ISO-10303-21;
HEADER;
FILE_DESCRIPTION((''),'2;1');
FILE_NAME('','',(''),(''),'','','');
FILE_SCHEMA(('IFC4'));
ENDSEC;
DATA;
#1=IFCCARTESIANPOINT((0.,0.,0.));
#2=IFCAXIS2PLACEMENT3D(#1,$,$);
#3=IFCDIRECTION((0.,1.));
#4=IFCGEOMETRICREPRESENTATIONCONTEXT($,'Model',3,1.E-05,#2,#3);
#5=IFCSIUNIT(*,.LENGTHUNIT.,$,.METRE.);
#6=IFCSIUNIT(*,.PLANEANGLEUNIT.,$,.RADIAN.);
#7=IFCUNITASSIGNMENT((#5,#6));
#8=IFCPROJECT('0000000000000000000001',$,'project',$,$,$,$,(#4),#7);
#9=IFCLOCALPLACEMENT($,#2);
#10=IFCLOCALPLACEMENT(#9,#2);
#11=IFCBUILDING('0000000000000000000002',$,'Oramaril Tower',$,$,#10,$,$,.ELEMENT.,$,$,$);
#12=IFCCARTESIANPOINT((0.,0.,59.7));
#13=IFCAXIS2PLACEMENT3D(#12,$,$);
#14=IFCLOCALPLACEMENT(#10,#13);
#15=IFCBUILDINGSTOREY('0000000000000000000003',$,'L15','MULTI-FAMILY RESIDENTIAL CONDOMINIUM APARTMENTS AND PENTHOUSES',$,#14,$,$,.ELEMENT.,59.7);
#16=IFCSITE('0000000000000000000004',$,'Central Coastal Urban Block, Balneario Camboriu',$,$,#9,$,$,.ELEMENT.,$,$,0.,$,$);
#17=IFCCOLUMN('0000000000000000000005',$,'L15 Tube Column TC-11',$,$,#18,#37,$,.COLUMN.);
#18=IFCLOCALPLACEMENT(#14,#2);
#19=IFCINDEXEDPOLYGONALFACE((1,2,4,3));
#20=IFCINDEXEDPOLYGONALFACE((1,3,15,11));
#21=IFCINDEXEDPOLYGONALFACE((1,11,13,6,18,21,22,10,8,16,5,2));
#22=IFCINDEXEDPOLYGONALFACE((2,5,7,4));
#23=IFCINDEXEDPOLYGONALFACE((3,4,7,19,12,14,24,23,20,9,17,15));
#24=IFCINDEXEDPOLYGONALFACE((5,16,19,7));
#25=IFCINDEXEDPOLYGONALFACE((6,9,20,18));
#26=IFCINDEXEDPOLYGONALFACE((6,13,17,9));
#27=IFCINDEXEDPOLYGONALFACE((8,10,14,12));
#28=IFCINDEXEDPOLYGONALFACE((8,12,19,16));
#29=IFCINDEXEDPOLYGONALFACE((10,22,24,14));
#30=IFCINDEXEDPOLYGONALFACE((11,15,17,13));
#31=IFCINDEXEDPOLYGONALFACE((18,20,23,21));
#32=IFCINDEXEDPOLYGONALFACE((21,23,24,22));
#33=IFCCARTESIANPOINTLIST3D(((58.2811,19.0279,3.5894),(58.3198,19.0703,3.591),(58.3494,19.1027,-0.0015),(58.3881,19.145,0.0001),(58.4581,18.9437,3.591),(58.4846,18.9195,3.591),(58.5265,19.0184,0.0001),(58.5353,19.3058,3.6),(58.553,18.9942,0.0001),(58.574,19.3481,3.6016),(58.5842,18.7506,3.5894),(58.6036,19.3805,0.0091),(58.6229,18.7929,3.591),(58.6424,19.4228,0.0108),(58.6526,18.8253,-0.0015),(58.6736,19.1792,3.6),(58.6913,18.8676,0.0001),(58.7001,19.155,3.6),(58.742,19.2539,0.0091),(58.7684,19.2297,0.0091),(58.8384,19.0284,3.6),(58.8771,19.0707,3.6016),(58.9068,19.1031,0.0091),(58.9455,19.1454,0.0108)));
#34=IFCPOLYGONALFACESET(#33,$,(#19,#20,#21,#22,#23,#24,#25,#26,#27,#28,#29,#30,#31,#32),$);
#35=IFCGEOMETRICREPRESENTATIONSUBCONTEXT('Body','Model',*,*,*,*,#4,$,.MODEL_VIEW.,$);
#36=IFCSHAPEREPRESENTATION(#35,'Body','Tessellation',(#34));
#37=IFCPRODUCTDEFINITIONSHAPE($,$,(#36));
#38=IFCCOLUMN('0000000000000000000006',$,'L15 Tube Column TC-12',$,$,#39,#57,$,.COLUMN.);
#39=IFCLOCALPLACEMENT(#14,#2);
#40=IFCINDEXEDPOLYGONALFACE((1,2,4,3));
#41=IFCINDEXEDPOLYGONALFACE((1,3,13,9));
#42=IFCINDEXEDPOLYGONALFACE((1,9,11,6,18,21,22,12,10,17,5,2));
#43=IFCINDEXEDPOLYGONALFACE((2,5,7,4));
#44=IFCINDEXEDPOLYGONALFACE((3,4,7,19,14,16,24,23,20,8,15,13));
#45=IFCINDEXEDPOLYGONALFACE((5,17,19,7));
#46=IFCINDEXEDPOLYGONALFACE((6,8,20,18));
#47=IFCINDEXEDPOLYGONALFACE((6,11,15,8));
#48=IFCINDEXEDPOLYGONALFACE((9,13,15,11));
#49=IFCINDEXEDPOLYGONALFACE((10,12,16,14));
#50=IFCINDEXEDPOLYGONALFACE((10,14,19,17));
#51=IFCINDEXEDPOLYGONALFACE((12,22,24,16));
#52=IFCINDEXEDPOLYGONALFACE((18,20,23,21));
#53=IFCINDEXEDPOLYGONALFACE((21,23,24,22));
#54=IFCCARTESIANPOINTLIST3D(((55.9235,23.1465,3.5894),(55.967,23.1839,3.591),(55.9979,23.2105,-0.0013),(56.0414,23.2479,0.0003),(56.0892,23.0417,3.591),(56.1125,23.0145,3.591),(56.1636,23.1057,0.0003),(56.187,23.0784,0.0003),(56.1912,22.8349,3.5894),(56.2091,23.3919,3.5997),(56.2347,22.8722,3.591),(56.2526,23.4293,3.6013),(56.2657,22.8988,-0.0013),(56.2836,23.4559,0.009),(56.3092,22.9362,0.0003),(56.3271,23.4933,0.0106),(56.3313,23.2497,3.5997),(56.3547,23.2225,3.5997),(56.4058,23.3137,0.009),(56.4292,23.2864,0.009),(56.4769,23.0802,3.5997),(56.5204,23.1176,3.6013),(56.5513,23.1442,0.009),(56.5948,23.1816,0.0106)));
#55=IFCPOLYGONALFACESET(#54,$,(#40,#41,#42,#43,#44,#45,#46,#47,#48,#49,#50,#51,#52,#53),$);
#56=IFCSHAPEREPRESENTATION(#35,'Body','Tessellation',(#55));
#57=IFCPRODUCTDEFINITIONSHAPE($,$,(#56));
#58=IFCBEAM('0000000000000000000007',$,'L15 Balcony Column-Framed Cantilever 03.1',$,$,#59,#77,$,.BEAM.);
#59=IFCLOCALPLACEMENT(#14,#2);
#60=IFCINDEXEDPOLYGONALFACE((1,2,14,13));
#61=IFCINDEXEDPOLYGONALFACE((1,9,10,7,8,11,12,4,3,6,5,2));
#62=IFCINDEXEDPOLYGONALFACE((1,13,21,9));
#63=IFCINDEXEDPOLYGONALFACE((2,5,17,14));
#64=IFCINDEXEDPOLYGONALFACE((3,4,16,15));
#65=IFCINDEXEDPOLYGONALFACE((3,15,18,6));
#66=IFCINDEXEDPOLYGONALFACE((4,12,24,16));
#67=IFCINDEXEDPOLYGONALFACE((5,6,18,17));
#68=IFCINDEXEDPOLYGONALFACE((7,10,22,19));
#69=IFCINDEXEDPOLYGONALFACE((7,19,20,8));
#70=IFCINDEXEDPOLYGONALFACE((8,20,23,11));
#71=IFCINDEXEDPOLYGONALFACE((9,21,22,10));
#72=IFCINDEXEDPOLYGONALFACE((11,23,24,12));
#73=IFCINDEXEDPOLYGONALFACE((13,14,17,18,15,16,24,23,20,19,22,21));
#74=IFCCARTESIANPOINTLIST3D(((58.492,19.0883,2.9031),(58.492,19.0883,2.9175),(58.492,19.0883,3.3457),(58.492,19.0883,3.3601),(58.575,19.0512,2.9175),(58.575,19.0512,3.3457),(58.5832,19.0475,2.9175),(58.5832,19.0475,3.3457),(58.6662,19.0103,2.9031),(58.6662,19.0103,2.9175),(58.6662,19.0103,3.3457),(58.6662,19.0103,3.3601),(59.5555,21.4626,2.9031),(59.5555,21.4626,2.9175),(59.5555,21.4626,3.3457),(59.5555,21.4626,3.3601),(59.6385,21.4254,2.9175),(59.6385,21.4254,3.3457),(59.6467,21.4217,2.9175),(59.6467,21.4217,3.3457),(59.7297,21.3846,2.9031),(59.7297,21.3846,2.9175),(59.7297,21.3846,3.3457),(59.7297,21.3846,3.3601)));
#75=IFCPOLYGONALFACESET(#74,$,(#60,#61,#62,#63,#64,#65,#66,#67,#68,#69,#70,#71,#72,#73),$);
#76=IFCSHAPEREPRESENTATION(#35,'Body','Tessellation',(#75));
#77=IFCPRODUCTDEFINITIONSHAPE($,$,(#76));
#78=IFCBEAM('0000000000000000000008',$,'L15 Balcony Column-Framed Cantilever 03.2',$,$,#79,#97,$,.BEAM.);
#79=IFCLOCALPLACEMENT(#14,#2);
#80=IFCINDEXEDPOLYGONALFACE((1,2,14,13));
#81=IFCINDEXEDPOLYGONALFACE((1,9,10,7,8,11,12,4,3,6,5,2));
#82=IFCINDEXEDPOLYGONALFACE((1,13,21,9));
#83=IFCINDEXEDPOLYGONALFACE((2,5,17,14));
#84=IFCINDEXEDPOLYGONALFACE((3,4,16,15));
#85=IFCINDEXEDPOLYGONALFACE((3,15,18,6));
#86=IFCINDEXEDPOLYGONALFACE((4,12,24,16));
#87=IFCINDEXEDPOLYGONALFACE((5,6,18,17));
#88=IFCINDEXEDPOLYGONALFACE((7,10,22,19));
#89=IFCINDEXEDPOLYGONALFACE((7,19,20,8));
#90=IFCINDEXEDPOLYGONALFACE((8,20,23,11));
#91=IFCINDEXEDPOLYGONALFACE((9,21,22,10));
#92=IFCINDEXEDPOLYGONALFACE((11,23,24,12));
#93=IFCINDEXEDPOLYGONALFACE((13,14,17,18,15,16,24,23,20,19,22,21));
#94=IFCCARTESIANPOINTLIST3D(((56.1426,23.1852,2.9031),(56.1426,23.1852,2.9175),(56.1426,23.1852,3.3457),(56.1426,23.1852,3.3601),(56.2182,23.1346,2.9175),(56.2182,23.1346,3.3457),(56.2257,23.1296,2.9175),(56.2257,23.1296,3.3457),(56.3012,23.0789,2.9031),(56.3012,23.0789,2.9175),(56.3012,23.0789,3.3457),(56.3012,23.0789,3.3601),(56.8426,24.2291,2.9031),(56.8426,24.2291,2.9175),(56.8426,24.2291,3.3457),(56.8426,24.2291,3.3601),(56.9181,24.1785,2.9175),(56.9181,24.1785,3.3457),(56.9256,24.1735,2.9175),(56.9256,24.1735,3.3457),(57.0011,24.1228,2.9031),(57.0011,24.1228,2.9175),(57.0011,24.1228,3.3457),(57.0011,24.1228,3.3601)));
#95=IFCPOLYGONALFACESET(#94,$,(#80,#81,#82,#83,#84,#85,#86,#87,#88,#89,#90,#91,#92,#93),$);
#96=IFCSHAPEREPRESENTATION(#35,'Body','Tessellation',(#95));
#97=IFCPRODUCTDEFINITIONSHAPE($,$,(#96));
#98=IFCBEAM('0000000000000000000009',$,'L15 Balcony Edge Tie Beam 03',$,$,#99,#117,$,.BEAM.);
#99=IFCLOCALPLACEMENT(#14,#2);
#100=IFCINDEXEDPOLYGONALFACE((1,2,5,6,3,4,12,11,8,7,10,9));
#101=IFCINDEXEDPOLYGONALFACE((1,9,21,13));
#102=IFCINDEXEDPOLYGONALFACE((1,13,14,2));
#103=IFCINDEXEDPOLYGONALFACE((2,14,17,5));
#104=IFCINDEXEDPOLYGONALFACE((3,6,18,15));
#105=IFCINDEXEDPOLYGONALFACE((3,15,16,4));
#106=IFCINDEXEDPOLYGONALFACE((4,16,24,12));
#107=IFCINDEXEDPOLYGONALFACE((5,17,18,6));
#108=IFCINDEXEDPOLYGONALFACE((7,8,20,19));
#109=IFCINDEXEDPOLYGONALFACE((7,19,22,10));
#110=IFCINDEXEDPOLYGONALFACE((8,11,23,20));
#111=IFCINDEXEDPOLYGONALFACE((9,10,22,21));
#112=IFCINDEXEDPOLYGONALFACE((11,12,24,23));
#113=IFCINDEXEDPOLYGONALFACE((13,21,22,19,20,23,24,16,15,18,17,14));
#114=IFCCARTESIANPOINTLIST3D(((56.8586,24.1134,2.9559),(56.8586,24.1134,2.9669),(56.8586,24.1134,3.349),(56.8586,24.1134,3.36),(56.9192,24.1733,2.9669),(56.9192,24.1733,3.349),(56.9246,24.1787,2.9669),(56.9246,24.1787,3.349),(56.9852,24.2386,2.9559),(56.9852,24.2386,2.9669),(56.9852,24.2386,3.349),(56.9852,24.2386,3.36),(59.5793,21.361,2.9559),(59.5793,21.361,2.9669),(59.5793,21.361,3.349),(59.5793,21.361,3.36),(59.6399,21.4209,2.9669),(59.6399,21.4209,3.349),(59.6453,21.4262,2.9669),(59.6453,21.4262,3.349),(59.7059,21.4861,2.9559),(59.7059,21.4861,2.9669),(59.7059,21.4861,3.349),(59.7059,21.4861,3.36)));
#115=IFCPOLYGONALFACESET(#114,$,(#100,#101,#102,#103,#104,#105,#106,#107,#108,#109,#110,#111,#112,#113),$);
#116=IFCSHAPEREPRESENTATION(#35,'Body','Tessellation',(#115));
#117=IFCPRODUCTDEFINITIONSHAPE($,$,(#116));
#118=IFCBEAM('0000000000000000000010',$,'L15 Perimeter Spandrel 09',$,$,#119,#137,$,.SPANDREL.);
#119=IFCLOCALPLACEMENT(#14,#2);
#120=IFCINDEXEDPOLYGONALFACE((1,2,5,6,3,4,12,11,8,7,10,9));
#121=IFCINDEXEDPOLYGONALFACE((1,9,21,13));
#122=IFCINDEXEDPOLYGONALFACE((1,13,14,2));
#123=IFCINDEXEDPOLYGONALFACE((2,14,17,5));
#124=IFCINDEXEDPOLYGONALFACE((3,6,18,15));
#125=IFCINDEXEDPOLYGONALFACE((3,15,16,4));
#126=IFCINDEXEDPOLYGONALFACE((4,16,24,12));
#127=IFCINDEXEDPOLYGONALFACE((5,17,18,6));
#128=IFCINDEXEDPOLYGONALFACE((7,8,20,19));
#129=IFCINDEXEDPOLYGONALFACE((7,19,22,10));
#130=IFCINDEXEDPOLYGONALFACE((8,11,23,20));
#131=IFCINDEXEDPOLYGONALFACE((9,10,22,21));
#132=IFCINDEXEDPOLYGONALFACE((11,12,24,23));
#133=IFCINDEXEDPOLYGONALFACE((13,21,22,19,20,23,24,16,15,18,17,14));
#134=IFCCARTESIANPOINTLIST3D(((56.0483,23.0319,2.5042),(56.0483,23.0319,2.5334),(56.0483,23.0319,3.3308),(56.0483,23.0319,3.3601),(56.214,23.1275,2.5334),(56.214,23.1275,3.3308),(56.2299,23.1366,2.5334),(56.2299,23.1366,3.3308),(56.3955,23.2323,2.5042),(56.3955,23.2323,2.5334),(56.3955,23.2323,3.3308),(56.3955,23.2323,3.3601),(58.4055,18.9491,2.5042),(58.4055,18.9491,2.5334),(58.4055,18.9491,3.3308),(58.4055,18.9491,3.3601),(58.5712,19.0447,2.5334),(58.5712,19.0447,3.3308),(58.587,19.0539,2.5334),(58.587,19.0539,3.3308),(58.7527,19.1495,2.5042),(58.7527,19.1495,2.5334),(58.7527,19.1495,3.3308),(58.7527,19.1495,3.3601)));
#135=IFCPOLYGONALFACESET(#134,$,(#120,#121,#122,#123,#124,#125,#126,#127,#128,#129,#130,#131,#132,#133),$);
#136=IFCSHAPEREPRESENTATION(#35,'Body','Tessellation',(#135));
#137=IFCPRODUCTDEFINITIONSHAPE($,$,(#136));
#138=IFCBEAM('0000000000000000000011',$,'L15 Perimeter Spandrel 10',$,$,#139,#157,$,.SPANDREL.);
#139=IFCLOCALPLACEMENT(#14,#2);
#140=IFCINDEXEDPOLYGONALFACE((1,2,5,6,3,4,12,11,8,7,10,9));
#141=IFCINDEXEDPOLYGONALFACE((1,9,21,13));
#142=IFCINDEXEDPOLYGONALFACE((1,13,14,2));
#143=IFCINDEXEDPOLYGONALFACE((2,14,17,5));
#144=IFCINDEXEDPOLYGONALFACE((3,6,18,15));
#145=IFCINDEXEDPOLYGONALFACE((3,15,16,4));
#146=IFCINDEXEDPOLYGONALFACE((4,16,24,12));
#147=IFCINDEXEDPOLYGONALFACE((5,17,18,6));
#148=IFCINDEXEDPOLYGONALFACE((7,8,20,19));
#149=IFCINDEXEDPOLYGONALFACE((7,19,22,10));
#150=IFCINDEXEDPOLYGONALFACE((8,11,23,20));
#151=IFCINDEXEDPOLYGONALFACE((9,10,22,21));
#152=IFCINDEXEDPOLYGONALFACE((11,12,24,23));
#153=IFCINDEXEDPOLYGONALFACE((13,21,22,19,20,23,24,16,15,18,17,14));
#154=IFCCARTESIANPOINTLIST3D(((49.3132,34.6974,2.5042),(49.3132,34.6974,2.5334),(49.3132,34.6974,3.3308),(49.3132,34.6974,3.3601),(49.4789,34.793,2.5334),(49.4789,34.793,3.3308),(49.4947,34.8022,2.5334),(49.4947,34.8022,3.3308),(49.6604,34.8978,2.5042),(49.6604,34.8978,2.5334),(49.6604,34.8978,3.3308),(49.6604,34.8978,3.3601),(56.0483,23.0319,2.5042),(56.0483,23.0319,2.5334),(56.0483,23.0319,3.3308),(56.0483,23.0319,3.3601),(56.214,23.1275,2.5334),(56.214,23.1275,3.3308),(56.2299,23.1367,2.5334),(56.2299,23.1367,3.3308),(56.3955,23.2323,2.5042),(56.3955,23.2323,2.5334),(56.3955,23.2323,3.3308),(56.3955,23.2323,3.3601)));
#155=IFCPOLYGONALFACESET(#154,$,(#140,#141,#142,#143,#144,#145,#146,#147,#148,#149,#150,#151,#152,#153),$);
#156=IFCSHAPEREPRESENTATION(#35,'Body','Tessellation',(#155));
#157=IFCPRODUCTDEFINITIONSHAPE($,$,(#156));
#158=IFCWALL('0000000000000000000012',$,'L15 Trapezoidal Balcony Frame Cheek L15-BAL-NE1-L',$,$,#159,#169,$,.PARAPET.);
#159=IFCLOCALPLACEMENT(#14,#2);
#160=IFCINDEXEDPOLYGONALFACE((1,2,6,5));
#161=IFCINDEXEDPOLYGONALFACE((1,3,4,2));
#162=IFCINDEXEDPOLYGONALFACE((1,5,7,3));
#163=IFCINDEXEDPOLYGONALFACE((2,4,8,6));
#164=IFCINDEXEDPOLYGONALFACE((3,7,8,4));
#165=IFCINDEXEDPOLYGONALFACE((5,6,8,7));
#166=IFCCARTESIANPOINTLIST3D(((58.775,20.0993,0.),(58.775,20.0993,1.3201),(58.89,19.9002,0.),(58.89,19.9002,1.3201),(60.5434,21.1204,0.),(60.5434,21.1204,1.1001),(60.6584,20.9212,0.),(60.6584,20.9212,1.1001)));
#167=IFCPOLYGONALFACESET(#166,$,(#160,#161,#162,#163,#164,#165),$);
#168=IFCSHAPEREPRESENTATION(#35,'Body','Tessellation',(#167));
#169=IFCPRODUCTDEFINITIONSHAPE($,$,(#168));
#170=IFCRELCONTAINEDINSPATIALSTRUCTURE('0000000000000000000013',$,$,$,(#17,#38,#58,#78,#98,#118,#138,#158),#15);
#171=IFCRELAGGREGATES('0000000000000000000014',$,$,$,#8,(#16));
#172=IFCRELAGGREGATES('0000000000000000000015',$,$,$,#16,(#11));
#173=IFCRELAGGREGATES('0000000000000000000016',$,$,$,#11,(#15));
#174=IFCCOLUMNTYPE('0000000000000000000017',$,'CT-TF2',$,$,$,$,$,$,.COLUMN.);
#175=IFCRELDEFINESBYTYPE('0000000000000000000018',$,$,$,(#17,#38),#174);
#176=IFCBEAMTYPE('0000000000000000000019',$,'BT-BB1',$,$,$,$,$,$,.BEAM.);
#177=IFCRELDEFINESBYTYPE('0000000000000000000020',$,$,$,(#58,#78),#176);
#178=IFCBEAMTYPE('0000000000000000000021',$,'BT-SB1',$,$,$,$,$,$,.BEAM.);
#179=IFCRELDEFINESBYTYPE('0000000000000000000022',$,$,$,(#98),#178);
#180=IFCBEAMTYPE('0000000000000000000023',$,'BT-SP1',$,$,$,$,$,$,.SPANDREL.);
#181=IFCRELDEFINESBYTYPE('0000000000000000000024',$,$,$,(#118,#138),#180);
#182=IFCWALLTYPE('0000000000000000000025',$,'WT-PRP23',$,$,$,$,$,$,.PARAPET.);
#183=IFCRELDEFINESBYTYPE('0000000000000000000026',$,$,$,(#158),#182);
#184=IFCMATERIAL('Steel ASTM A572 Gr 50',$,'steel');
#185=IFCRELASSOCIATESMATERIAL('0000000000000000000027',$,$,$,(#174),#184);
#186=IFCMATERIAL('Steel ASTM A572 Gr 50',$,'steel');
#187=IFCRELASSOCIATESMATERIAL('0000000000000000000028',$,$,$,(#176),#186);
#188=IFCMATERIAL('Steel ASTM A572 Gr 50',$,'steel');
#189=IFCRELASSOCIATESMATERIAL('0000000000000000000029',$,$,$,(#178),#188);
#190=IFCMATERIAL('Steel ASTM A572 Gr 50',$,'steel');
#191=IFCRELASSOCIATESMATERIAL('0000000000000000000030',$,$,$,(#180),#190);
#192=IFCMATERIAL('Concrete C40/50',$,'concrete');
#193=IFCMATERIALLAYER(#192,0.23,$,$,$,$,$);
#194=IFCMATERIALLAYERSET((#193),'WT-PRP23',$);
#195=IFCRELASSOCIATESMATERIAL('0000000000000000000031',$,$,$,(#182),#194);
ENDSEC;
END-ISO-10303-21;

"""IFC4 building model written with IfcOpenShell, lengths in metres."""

from ifc_helpers import new_model, si_unit, direction, frame, origin, origin_2d, place, context, subcontext, project, spatial, polyline, i_section, outline, extrude, material, layer, layer_set, material_profile, profile_set, type_object, element, save


model = new_model("IFC4")

# Units and contexts
model_context = context("Model", 3, precision=1e-05, world=origin(), true_north=direction((0.0, 1.0)))
body_context = subcontext(model_context, "Body", "Model", "MODEL_VIEW")
ifc_project = project(units=[si_unit("LENGTHUNIT", "METRE"), si_unit("PLANEANGLEUNIT", "RADIAN")], contexts=[model_context])

# Site, building, storey
site_placement = place(None, origin())
site = spatial("IfcSite", under=ifc_project, at=site_placement, Name="Central Coastal Urban Block, Balneario Camboriu", CompositionType="ELEMENT", RefElevation=0.0)
building_placement = place(site_placement, origin())
building = spatial("IfcBuilding", under=site, at=building_placement, Name="Oramaril Tower", CompositionType="ELEMENT")
storey_placement = place(building_placement, frame((0.0, 0.0, 59.7)))
storey = spatial("IfcBuildingStorey", under=building, at=storey_placement, Name="L15", Description="MULTI-FAMILY RESIDENTIAL CONDOMINIUM APARTMENTS AND PENTHOUSES", CompositionType="ELEMENT", Elevation=59.7)

# Columns
ifc_material_1 = material(Name="Steel ASTM A572 Gr 50", Category="steel")
ifc_material_profile_1 = material_profile(ifc_material_1, i_section(OverallWidth=0.4109, OverallDepth=0.4341, WebThickness=0.0359, FlangeThickness=0.0574, at=origin_2d()), Name="W14X311")
ifc_profile_set_1 = profile_set([ifc_material_profile_1], Name="Steel ASTM A572 Gr 50")
column_type = type_object("IfcColumnType", Name="CT-TF2", PredefinedType="COLUMN", material=ifc_profile_set_1)
column_1_placement = place(storey_placement, frame((58.6475, 19.124, 0.0046), z_axis=(-0.01903, -0.020797, 0.999603), x_axis=(0.737754, -0.675069, 0.0)))
element("IfcColumn", 1, at=column_1_placement, inside=storey, type_object=column_type, Name="L15 Tube Column TC-11", PredefinedType="COLUMN", context=body_context, shape_type="SweptSolid", body=[
    extrude(i_section(OverallWidth=0.4109, OverallDepth=0.4341, WebThickness=0.0359, FlangeThickness=0.0574, at=origin_2d()), origin(), (0.0, 0.0, 1.0), 3.5923),
])
column_2_placement = place(storey_placement, frame((56.2964, 23.196, 0.0046), z_axis=(-0.020729, -0.017807, 0.999627), x_axis=(0.65161, -0.758554, 0.0)))
element("IfcColumn", 2, at=column_2_placement, inside=storey, type_object=column_type, Name="L15 Tube Column TC-12", PredefinedType="COLUMN", context=body_context, shape_type="SweptSolid", body=[
    extrude(i_section(OverallWidth=0.4109, OverallDepth=0.4341, WebThickness=0.0359, FlangeThickness=0.0574, at=origin_2d()), origin(), (0.0, 0.0, 1.0), 3.592),
])

# Beams
ifc_material_2 = material(Name="Steel ASTM A572 Gr 50", Category="steel")
ifc_material_profile_2 = material_profile(ifc_material_2, i_section(OverallWidth=0.1909, OverallDepth=0.457, WebThickness=0.009, FlangeThickness=0.0144, at=origin_2d()), Name="W18X50")
ifc_profile_set_2 = profile_set([ifc_material_profile_2], Name="Steel ASTM A572 Gr 50")
beam_type_1 = type_object("IfcBeamType", Name="BT-BB1", PredefinedType="BEAM", material=ifc_profile_set_2)
beam_1_placement = place(storey_placement, frame((58.5791, 19.0493, 3.1316), z_axis=(0.408784, 0.912631, 0.0), x_axis=(-0.912631, 0.408784, 0.0)))
element("IfcBeam", 3, at=beam_1_placement, inside=storey, type_object=beam_type_1, Name="L15 Balcony Column-Framed Cantilever 03.1", PredefinedType="BEAM", context=body_context, shape_type="SweptSolid", body=[
    extrude(i_section(OverallWidth=0.1909, OverallDepth=0.457, WebThickness=0.009, FlangeThickness=0.0144, at=origin_2d()), origin(), (0.0, 0.0, 1.0), 2.6016),
])
beam_2_placement = place(storey_placement, frame((56.2219, 23.1321, 3.1316), z_axis=(0.556895, 0.830583, 0.0), x_axis=(-0.830583, 0.556895, 0.0)))
element("IfcBeam", 4, at=beam_2_placement, inside=storey, type_object=beam_type_1, Name="L15 Balcony Column-Framed Cantilever 03.2", PredefinedType="BEAM", context=body_context, shape_type="SweptSolid", body=[
    extrude(i_section(OverallWidth=0.1909, OverallDepth=0.457, WebThickness=0.009, FlangeThickness=0.0144, at=origin_2d()), origin(), (0.0, 0.0, 1.0), 1.2568),
])
ifc_material_3 = material(Name="Steel ASTM A572 Gr 50", Category="steel")
ifc_material_profile_3 = material_profile(ifc_material_3, i_section(OverallWidth=0.178, OverallDepth=0.4041, WebThickness=0.0076, FlangeThickness=0.011, at=origin_2d()), Name="W16X36")
ifc_profile_set_3 = profile_set([ifc_material_profile_3], Name="Steel ASTM A572 Gr 50")
beam_type_2 = type_object("IfcBeamType", Name="BT-SB1", PredefinedType="BEAM", material=ifc_profile_set_3)
beam_3_placement = place(storey_placement, frame((59.6426, 21.4236, 3.158), z_axis=(-0.702995, 0.711195, 0.0), x_axis=(-0.711195, -0.702995, 0.0)))
element("IfcBeam", 5, at=beam_3_placement, inside=storey, type_object=beam_type_2, Name="L15 Balcony Edge Tie Beam 03", PredefinedType="BEAM", context=body_context, shape_type="SweptSolid", body=[
    extrude(i_section(OverallWidth=0.178, OverallDepth=0.4041, WebThickness=0.0076, FlangeThickness=0.011, at=origin_2d()), origin(), (0.0, 0.0, 1.0), 3.8701),
])
ifc_material_4 = material(Name="Steel ASTM A572 Gr 50", Category="steel")
ifc_material_profile_4 = material_profile(ifc_material_4, i_section(OverallWidth=0.4009, OverallDepth=0.856, WebThickness=0.0183, FlangeThickness=0.0293, at=origin_2d()), Name="W33X201")
ifc_profile_set_4 = profile_set([ifc_material_profile_4], Name="Steel ASTM A572 Gr 50")
beam_type_3 = type_object("IfcBeamType", Name="BT-SP1", PredefinedType="SPANDREL", material=ifc_profile_set_4)
beam_4_placement = place(storey_placement, frame((58.5791, 19.0493, 2.9321), z_axis=(-0.499999, 0.866026, 0.0), x_axis=(-0.866026, -0.499999, 0.0)))
element("IfcBeam", 6, at=beam_4_placement, inside=storey, type_object=beam_type_3, Name="L15 Perimeter Spandrel 09", PredefinedType="SPANDREL", context=body_context, shape_type="SweptSolid", body=[
    extrude(i_section(OverallWidth=0.4009, OverallDepth=0.856, WebThickness=0.0183, FlangeThickness=0.0293, at=origin_2d()), origin(), (0.0, 0.0, 1.0), 4.7144),
])
beam_5_placement = place(storey_placement, frame((56.2219, 23.1321, 2.9321), z_axis=(-0.500001, 0.866025, 0.0), x_axis=(-0.866025, -0.500001, 0.0)))
element("IfcBeam", 7, at=beam_5_placement, inside=storey, type_object=beam_type_3, Name="L15 Perimeter Spandrel 10", PredefinedType="SPANDREL", context=body_context, shape_type="SweptSolid", body=[
    extrude(i_section(OverallWidth=0.4009, OverallDepth=0.856, WebThickness=0.0183, FlangeThickness=0.0293, at=origin_2d()), origin(), (0.0, 0.0, 1.0), 13.4702),
])

# Wall
ifc_material_5 = material(Name="Concrete C40/50", Category="concrete")
ifc_layer_1 = layer(ifc_material_5, 0.23)
ifc_layer_set_1 = layer_set([ifc_layer_1], Name="WT-PRP23")
wall_type_1 = type_object("IfcWallType", Name="WT-PRP23", PredefinedType="PARAPET", material=ifc_layer_set_1)
wall_1_placement = place(storey_placement, frame((58.8325, 19.9998, 0.0), z_axis=(0.0, 0.0, 1.0), x_axis=(0.866012, 0.500023, 0.0)))
element("IfcWall", 8, at=wall_1_placement, inside=storey, type_object=wall_type_1, Name="L15 Trapezoidal Balcony Frame Cheek L15-BAL-NE1-L", PredefinedType="PARAPET", context=body_context, shape_type="SweptSolid", body=[
    extrude(outline(polyline([(0.0, 0.0), (2.042, 0.0), (2.042, 1.1001), (0.0, 1.3201), (0.0, 0.0)])), frame((0.0, 0.115, 0.0), z_axis=(0.0, -1.0, 0.0), x_axis=(1.0, 0.0, 0.0)), (0.0, 0.0, 1.0), 0.23),
])

save(model, "model.ifc")
